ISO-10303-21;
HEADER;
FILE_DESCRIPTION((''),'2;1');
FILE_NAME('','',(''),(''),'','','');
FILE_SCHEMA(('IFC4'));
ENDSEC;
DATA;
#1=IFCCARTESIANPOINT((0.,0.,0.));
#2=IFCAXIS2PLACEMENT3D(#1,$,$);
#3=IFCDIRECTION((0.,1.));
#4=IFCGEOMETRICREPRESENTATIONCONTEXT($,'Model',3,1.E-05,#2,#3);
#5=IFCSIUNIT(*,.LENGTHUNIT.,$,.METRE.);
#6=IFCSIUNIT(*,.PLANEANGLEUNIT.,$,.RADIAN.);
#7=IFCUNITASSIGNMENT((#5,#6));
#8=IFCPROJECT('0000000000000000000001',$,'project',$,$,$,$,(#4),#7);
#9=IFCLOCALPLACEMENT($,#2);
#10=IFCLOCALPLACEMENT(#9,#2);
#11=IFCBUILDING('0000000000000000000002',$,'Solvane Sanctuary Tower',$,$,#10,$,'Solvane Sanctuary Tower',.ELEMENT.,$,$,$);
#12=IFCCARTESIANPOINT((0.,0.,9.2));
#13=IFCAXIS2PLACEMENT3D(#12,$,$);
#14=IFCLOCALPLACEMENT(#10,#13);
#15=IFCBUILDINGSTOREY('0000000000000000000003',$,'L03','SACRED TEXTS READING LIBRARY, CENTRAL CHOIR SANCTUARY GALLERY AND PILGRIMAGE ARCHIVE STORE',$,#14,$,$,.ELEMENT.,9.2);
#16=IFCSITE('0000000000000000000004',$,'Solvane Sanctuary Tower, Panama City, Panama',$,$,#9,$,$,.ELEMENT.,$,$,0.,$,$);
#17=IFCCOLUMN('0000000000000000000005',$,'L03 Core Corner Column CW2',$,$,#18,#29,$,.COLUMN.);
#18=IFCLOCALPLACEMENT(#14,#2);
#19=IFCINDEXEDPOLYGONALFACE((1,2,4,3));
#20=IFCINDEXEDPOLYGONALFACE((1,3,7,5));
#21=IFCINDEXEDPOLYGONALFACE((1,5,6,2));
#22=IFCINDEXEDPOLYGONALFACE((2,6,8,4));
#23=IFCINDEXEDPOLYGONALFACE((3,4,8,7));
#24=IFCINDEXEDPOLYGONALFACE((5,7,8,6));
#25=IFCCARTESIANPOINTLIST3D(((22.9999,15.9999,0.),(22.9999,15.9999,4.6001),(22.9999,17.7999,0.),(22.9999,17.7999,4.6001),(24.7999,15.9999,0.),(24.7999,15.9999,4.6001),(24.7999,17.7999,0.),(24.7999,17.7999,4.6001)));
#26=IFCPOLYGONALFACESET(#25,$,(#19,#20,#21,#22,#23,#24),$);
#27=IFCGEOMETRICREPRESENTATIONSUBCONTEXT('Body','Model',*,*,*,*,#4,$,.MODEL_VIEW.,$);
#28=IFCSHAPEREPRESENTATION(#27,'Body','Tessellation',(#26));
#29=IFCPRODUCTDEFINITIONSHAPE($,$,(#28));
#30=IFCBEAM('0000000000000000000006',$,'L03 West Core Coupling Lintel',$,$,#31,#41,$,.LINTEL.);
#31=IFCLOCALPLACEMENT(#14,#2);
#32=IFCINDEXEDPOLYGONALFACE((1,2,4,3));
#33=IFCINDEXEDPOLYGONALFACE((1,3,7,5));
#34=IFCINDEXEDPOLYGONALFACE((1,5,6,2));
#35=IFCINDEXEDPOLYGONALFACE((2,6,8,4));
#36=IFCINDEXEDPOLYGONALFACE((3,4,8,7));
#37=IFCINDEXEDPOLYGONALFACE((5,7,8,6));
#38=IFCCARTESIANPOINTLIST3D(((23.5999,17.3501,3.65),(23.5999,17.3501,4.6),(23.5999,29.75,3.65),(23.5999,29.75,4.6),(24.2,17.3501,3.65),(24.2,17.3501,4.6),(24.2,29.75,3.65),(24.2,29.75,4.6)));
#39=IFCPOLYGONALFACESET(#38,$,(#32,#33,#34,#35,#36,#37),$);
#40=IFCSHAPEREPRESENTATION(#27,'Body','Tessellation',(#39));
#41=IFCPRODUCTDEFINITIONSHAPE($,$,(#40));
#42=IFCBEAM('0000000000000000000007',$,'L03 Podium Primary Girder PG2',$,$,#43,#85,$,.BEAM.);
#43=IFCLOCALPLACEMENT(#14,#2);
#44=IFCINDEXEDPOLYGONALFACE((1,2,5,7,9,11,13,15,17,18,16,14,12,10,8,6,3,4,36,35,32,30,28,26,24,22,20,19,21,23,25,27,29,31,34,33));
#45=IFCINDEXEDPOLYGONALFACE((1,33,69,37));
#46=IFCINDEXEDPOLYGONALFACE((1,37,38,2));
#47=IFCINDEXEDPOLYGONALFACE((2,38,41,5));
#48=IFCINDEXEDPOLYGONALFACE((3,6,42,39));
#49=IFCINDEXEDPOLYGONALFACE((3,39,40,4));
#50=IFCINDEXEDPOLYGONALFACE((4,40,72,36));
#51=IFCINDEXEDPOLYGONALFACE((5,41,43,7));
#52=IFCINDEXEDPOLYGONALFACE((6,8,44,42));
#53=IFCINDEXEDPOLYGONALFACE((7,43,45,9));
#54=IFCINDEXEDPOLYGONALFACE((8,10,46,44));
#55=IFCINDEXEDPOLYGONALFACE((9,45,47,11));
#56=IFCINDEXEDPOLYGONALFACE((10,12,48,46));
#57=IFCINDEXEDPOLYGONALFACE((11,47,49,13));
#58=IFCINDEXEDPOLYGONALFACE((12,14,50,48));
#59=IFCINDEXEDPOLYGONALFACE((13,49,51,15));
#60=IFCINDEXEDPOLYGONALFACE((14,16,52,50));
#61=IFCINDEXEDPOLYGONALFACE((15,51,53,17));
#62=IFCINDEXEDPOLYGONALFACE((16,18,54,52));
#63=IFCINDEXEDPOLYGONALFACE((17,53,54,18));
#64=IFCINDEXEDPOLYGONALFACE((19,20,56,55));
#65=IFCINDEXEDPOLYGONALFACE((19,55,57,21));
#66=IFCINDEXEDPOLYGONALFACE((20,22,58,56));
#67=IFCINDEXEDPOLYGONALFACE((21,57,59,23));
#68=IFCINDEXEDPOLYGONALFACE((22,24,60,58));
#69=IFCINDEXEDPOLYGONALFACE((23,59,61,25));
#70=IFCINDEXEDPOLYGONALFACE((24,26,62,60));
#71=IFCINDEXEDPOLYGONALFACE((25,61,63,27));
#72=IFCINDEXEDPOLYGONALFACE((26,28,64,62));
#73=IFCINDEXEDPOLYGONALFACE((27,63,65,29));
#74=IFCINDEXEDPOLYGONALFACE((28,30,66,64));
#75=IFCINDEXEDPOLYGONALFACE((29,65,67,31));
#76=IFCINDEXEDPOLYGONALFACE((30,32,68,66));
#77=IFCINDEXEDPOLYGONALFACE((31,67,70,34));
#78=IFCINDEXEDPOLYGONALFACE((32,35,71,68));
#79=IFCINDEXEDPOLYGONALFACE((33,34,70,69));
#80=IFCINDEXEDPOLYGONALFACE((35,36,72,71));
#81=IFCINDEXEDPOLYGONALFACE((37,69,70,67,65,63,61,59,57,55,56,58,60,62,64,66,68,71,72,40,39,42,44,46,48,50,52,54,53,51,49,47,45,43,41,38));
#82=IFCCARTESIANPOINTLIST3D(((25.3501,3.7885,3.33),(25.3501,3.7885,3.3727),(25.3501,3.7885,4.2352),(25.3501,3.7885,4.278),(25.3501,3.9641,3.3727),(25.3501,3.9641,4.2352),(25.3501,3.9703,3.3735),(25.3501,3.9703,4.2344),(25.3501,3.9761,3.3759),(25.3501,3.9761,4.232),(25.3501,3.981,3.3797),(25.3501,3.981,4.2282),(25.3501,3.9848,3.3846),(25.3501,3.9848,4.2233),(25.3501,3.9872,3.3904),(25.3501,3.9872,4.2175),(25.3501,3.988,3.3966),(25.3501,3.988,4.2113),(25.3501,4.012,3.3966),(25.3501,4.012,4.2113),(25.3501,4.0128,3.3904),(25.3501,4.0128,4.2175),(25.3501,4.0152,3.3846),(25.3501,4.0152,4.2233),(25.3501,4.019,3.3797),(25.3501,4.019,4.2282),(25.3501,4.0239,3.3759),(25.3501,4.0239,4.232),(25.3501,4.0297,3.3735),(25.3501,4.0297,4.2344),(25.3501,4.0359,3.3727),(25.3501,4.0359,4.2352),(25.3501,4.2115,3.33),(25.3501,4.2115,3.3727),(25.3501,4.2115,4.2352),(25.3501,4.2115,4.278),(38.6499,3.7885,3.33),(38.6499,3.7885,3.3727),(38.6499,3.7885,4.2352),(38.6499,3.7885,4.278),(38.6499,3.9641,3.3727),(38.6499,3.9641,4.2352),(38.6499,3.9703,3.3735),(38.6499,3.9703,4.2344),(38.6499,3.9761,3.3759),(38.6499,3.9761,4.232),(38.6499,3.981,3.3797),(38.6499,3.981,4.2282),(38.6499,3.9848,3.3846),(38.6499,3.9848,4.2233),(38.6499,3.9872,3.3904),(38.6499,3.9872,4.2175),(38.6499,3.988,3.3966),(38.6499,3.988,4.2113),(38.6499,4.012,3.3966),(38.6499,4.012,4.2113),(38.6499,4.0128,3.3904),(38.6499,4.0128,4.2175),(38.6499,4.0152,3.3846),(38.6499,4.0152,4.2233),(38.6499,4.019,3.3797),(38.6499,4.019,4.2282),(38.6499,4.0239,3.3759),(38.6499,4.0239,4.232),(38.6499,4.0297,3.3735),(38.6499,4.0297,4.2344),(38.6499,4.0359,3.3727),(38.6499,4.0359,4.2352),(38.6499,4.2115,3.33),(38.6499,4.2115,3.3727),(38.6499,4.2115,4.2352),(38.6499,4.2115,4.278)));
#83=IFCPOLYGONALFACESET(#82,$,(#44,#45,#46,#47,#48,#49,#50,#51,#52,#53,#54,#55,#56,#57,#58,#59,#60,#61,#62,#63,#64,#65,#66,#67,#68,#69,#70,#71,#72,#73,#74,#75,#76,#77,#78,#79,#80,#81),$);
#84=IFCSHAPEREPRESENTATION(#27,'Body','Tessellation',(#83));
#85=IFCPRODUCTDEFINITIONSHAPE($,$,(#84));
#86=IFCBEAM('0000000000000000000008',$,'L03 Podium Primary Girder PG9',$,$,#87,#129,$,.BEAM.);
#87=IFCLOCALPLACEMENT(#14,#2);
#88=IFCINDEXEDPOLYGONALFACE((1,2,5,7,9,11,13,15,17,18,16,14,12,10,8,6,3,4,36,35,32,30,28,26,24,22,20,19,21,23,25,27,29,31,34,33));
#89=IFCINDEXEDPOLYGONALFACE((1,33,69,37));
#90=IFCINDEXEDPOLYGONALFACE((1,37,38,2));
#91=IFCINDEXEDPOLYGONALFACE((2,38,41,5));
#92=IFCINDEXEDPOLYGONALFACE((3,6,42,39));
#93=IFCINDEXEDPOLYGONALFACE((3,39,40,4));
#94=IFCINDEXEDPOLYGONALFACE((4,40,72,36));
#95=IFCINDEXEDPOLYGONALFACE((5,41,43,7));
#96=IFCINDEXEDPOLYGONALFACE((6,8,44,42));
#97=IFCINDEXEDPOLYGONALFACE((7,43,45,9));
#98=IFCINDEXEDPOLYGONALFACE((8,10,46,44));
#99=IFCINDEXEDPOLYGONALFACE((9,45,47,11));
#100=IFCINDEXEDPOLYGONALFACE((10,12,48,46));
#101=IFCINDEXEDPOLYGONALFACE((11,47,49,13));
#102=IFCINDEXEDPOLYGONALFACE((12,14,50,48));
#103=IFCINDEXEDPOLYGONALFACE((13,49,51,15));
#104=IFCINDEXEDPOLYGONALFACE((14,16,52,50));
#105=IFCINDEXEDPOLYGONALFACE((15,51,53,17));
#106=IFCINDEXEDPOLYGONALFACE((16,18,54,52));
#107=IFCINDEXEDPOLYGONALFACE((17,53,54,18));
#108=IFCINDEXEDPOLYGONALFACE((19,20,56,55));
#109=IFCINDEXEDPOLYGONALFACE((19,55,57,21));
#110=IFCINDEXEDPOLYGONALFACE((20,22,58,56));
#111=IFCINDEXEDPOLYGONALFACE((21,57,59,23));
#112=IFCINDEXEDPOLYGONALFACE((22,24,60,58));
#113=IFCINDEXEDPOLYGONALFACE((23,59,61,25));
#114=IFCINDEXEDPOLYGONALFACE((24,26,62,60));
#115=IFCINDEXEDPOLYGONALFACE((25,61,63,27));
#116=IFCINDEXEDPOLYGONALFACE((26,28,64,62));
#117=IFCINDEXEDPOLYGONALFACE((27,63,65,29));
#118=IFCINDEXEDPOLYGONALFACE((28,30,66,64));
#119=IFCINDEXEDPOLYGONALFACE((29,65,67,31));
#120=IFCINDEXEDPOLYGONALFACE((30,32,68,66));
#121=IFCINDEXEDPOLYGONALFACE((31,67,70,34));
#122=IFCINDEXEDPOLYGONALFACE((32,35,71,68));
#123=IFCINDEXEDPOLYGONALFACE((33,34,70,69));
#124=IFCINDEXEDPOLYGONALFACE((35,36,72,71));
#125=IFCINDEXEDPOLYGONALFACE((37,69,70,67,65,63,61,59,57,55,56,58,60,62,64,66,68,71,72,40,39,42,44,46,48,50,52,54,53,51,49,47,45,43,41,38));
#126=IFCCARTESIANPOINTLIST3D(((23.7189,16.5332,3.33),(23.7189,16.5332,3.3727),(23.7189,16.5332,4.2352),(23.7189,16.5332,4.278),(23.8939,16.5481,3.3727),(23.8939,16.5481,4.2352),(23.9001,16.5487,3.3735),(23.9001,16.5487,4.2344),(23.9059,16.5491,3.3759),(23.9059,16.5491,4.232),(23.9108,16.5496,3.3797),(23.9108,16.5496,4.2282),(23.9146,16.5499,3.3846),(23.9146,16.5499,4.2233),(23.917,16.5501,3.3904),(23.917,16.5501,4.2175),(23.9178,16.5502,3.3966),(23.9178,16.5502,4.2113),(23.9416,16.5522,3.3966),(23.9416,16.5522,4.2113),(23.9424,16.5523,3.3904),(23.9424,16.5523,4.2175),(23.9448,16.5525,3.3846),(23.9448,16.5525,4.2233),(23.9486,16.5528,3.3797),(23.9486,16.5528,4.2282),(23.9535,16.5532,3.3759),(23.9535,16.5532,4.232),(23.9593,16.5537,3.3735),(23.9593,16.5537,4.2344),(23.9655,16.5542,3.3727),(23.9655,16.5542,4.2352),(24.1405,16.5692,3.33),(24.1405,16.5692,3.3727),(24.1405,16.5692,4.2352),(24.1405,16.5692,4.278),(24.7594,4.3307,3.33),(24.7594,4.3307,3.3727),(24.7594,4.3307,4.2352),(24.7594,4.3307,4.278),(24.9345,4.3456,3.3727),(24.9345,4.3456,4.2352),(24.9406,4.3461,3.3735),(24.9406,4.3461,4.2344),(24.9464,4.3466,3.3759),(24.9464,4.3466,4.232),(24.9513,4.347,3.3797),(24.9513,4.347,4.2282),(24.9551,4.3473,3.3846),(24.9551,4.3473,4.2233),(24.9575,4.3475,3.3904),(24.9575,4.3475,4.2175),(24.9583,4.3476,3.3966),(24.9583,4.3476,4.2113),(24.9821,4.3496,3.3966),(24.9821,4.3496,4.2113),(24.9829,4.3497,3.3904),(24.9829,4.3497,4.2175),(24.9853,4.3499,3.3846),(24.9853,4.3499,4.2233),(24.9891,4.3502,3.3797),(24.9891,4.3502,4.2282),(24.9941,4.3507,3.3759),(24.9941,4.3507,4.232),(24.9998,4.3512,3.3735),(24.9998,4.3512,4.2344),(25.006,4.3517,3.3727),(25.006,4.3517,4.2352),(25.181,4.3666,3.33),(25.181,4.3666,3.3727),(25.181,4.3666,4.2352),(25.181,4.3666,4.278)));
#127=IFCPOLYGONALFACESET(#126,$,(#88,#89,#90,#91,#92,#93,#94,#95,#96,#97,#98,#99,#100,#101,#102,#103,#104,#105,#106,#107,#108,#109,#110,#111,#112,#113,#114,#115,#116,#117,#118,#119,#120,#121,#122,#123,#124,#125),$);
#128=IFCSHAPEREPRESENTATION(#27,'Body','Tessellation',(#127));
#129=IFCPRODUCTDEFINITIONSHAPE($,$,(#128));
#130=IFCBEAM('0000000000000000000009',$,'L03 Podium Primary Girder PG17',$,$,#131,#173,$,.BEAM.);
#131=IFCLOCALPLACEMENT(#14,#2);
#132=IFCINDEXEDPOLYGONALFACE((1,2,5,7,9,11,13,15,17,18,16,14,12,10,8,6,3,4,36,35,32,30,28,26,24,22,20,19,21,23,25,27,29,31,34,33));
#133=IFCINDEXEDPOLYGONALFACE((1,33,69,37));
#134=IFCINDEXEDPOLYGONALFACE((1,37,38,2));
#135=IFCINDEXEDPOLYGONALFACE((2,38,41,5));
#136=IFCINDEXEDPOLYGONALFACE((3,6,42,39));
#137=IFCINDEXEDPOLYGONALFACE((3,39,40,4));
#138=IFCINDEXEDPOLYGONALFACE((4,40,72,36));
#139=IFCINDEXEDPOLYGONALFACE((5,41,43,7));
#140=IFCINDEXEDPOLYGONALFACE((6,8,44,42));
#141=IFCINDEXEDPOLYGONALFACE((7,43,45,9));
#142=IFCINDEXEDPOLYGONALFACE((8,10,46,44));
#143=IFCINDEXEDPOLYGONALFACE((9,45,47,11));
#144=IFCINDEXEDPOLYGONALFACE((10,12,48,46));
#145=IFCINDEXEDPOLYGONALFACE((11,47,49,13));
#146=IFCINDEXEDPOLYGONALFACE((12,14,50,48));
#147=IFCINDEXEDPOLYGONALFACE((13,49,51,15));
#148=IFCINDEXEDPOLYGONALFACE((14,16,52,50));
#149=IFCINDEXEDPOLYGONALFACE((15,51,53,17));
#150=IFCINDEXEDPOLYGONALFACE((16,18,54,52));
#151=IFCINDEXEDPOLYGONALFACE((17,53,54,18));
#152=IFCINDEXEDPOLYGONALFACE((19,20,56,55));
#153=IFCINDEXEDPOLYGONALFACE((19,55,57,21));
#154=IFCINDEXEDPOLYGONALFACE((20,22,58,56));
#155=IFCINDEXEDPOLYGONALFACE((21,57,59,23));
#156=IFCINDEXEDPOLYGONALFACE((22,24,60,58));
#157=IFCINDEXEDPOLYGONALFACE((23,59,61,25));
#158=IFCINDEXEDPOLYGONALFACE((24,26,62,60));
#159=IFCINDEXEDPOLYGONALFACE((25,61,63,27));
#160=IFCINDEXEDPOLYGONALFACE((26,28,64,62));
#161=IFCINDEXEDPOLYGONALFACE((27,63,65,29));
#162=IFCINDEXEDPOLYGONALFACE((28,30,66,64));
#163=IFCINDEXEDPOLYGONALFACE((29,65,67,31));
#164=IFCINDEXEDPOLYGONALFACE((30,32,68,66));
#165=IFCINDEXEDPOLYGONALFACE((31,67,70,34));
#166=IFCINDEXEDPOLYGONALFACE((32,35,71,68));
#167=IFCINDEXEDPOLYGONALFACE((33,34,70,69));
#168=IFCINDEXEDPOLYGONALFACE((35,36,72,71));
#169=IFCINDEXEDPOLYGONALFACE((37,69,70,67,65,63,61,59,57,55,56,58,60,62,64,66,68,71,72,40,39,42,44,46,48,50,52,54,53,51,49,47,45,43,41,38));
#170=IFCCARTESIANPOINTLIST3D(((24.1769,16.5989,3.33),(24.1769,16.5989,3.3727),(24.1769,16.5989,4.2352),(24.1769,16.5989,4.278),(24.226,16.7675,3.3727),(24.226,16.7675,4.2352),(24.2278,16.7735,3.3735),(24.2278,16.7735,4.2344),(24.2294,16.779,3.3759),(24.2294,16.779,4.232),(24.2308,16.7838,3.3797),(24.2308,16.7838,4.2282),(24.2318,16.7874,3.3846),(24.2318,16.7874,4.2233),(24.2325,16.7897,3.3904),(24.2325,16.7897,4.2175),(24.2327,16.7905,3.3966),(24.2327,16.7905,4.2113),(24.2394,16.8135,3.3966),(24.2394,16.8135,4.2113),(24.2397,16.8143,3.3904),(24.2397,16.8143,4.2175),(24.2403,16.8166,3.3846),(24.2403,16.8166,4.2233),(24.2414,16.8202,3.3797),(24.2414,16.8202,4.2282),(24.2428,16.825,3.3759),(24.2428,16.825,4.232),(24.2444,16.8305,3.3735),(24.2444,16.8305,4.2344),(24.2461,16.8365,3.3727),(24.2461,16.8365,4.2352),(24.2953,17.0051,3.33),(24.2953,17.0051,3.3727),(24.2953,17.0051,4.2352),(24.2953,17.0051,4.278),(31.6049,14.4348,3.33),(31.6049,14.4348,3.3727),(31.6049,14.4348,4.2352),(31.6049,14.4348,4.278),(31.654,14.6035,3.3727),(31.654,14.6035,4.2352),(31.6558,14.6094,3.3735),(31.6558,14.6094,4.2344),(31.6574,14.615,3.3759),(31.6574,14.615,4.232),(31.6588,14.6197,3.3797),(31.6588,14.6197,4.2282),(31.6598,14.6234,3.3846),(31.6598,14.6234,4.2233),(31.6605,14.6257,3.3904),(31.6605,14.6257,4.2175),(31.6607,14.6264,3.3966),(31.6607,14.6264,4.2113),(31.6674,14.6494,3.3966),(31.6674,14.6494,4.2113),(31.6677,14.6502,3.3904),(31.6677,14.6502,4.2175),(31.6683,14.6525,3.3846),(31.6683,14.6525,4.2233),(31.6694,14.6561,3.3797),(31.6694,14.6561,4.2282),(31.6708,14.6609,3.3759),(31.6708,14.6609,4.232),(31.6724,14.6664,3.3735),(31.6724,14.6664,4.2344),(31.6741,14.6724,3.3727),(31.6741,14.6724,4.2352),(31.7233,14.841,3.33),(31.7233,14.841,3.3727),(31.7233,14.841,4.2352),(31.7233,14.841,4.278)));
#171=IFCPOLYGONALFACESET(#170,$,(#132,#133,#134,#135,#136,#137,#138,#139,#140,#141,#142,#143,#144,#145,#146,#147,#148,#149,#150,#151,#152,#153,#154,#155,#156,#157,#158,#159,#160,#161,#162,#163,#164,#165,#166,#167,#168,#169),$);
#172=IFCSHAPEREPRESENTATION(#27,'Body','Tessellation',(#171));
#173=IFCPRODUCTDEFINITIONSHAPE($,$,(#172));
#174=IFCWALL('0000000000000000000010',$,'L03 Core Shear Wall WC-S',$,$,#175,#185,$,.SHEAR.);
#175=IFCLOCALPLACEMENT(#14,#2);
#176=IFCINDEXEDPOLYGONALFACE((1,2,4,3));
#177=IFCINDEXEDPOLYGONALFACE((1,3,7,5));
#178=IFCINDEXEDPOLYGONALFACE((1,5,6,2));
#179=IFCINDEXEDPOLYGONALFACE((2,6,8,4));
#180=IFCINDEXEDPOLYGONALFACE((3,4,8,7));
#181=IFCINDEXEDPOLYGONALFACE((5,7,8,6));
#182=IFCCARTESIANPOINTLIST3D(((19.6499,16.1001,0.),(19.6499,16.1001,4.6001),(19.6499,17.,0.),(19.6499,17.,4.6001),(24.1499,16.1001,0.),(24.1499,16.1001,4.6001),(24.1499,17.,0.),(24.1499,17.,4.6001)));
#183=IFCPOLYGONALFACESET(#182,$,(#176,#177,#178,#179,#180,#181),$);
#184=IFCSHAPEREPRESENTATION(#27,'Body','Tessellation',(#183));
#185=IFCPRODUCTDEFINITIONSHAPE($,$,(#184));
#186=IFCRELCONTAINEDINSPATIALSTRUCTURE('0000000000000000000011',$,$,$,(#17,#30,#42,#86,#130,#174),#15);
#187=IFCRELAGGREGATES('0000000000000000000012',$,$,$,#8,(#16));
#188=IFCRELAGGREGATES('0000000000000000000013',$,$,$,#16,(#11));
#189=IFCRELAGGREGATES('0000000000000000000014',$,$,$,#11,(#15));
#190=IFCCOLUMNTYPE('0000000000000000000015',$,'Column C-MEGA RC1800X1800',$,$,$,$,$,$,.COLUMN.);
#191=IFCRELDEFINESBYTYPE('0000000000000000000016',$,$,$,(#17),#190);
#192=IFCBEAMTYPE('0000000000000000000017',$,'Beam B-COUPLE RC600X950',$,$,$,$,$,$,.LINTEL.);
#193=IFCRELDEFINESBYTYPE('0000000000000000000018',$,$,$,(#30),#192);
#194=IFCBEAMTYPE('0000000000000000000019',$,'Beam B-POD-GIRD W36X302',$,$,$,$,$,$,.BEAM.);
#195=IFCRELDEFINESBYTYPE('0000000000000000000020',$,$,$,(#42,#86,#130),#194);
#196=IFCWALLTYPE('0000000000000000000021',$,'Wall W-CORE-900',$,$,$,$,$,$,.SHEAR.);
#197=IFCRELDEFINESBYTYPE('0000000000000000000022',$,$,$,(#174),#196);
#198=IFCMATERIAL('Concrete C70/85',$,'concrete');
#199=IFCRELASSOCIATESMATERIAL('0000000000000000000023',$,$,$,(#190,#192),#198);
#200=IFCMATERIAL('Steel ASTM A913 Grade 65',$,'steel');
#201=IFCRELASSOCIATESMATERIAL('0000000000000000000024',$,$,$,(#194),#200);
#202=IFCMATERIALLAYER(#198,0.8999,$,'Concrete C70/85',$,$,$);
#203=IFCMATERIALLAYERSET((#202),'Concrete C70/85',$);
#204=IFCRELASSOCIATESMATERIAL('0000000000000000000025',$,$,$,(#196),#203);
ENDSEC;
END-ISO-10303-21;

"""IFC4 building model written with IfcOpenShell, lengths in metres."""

from ifc_helpers import new_model, si_unit, direction, frame, frame_2d, origin, origin_2d, place, context, subcontext, project, spatial, rectangle, i_section, extrude, material, layer, layer_set, material_profile, profile_set, type_object, element, save


model = new_model("IFC4")

# Units and contexts
model_context = context("Model", 3, precision=1e-05, world=origin(), true_north=direction((0.0, 1.0)))
body_context = subcontext(model_context, "Body", "Model", "MODEL_VIEW")
ifc_project = project(units=[si_unit("LENGTHUNIT", "METRE"), si_unit("PLANEANGLEUNIT", "RADIAN")], contexts=[model_context])

# Site, building, storey
site_placement = place(None, origin())
site = spatial("IfcSite", under=ifc_project, at=site_placement, Name="Solvane Sanctuary Tower, Panama City, Panama", CompositionType="ELEMENT", RefElevation=0.0)
building_placement = place(site_placement, origin())
building = spatial("IfcBuilding", under=site, at=building_placement, Name="Solvane Sanctuary Tower", LongName="Solvane Sanctuary Tower", CompositionType="ELEMENT")
storey_placement = place(building_placement, frame((0.0, 0.0, 9.2)))
storey = spatial("IfcBuildingStorey", under=building, at=storey_placement, Name="L03", Description="SACRED TEXTS READING LIBRARY, CENTRAL CHOIR SANCTUARY GALLERY AND PILGRIMAGE ARCHIVE STORE", CompositionType="ELEMENT", Elevation=9.2)

# Column
ifc_material_1 = material(Name="Concrete C70/85", Category="concrete")
ifc_material_profile_1 = material_profile(ifc_material_1, rectangle(XDim=1.8, YDim=1.8, at=origin_2d()), Name="RC1800X1800")
ifc_profile_set_1 = profile_set([ifc_material_profile_1], Name="Concrete C70/85")
column_type = type_object("IfcColumnType", Name="Column C-MEGA RC1800X1800", PredefinedType="COLUMN", material=ifc_profile_set_1)
column_placement = place(storey_placement, frame((23.8999, 16.8999, 0.0), z_axis=(0.0, 0.0, 1.0), x_axis=(1.0, 0.0, 0.0)))
element("IfcColumn", 1, at=column_placement, inside=storey, type_object=column_type, Name="L03 Core Corner Column CW2", PredefinedType="COLUMN", context=body_context, shape_type="SweptSolid", body=[
    extrude(rectangle(XDim=1.8, YDim=1.8, at=origin_2d()), origin(), (0.0, 0.0, 1.0), 4.6001),
])

# Beams
ifc_material_profile_2 = material_profile(ifc_material_1, rectangle(XDim=0.6001, YDim=0.95, at=origin_2d()), Name="RC600X950")
ifc_profile_set_2 = profile_set([ifc_material_profile_2], Name="Concrete C70/85")
beam_type_1 = type_object("IfcBeamType", Name="Beam B-COUPLE RC600X950", PredefinedType="LINTEL", material=ifc_profile_set_2)
beam_1_placement = place(storey_placement, frame((23.8999, 17.3501, 4.125), z_axis=(0.0, 1.0, 0.0), x_axis=(-1.0, 0.0, 0.0)))
element("IfcBeam", 2, at=beam_1_placement, inside=storey, type_object=beam_type_1, Name="L03 West Core Coupling Lintel", PredefinedType="LINTEL", context=body_context, shape_type="SweptSolid", body=[
    extrude(rectangle(XDim=0.6001, YDim=0.95, at=origin_2d()), origin(), (0.0, 0.0, 1.0), 12.3999),
])
ifc_material_2 = material(Name="Steel ASTM A913 Grade 65", Category="steel")
ifc_material_profile_3 = material_profile(ifc_material_2, i_section(OverallWidth=0.4231, OverallDepth=0.948, WebThickness=0.0239, FlangeThickness=0.0427, FilletRadius=0.0239, at=origin_2d()), Name="W36X302")
ifc_profile_set_3 = profile_set([ifc_material_profile_3], Name="Steel ASTM A913 Grade 65")
beam_type_2 = type_object("IfcBeamType", Name="Beam B-POD-GIRD W36X302", PredefinedType="BEAM", material=ifc_profile_set_3)
beam_2_placement = place(storey_placement, frame((25.3501, 4.0, 3.804), z_axis=(1.0, 0.0, 0.0), x_axis=(0.0, 1.0, 0.0)))
element("IfcBeam", 3, at=beam_2_placement, inside=storey, type_object=beam_type_2, Name="L03 Podium Primary Girder PG2", PredefinedType="BEAM", context=body_context, shape_type="SweptSolid", body=[
    extrude(i_section(OverallWidth=0.4231, OverallDepth=0.948, WebThickness=0.0239, FlangeThickness=0.0427, FilletRadius=0.0239, at=origin_2d()), origin(), (0.0, 0.0, 1.0), 13.2998),
])
beam_3_placement = place(storey_placement, frame((24.9702, 4.3486, 3.804), z_axis=(-0.084962, 0.996384, 0.0), x_axis=(-0.996384, -0.084962, 0.0)))
element("IfcBeam", 4, at=beam_3_placement, inside=storey, type_object=beam_type_2, Name="L03 Podium Primary Girder PG9", PredefinedType="BEAM", context=body_context, shape_type="SweptSolid", body=[
    extrude(i_section(OverallWidth=0.4231, OverallDepth=0.948, WebThickness=0.0239, FlangeThickness=0.0427, FilletRadius=0.0239, at=origin_2d()), origin(), (0.0, 0.0, 1.0), 12.2468),
])
beam_4_placement = place(storey_placement, frame((24.2361, 16.802, 3.804), z_axis=(0.960084, -0.27971, 0.0), x_axis=(0.27971, 0.960084, 0.0)))
element("IfcBeam", 5, at=beam_4_placement, inside=storey, type_object=beam_type_2, Name="L03 Podium Primary Girder PG17", PredefinedType="BEAM", context=body_context, shape_type="SweptSolid", body=[
    extrude(i_section(OverallWidth=0.4231, OverallDepth=0.948, WebThickness=0.0239, FlangeThickness=0.0427, FilletRadius=0.0239, at=origin_2d()), origin(), (0.0, 0.0, 1.0), 7.7368),
])

# Wall
ifc_layer_1 = layer(ifc_material_1, 0.8999, Name="Concrete C70/85")
ifc_layer_set_1 = layer_set([ifc_layer_1], Name="Concrete C70/85")
wall_type_1 = type_object("IfcWallType", Name="Wall W-CORE-900", PredefinedType="SHEAR", material=ifc_layer_set_1)
wall_1_placement = place(storey_placement, frame((19.6499, 16.55, 0.0), z_axis=(0.0, 0.0, 1.0), x_axis=(1.0, 0.0, 0.0)))
element("IfcWall", 6, at=wall_1_placement, inside=storey, type_object=wall_type_1, Name="L03 Core Shear Wall WC-S", PredefinedType="SHEAR", context=body_context, shape_type="SweptSolid", body=[
    extrude(rectangle(XDim=4.5, YDim=0.8999, at=frame_2d((2.25, 0.0))), origin(), (0.0, 0.0, 1.0), 4.6001),
])

save(model, "model.ifc")
